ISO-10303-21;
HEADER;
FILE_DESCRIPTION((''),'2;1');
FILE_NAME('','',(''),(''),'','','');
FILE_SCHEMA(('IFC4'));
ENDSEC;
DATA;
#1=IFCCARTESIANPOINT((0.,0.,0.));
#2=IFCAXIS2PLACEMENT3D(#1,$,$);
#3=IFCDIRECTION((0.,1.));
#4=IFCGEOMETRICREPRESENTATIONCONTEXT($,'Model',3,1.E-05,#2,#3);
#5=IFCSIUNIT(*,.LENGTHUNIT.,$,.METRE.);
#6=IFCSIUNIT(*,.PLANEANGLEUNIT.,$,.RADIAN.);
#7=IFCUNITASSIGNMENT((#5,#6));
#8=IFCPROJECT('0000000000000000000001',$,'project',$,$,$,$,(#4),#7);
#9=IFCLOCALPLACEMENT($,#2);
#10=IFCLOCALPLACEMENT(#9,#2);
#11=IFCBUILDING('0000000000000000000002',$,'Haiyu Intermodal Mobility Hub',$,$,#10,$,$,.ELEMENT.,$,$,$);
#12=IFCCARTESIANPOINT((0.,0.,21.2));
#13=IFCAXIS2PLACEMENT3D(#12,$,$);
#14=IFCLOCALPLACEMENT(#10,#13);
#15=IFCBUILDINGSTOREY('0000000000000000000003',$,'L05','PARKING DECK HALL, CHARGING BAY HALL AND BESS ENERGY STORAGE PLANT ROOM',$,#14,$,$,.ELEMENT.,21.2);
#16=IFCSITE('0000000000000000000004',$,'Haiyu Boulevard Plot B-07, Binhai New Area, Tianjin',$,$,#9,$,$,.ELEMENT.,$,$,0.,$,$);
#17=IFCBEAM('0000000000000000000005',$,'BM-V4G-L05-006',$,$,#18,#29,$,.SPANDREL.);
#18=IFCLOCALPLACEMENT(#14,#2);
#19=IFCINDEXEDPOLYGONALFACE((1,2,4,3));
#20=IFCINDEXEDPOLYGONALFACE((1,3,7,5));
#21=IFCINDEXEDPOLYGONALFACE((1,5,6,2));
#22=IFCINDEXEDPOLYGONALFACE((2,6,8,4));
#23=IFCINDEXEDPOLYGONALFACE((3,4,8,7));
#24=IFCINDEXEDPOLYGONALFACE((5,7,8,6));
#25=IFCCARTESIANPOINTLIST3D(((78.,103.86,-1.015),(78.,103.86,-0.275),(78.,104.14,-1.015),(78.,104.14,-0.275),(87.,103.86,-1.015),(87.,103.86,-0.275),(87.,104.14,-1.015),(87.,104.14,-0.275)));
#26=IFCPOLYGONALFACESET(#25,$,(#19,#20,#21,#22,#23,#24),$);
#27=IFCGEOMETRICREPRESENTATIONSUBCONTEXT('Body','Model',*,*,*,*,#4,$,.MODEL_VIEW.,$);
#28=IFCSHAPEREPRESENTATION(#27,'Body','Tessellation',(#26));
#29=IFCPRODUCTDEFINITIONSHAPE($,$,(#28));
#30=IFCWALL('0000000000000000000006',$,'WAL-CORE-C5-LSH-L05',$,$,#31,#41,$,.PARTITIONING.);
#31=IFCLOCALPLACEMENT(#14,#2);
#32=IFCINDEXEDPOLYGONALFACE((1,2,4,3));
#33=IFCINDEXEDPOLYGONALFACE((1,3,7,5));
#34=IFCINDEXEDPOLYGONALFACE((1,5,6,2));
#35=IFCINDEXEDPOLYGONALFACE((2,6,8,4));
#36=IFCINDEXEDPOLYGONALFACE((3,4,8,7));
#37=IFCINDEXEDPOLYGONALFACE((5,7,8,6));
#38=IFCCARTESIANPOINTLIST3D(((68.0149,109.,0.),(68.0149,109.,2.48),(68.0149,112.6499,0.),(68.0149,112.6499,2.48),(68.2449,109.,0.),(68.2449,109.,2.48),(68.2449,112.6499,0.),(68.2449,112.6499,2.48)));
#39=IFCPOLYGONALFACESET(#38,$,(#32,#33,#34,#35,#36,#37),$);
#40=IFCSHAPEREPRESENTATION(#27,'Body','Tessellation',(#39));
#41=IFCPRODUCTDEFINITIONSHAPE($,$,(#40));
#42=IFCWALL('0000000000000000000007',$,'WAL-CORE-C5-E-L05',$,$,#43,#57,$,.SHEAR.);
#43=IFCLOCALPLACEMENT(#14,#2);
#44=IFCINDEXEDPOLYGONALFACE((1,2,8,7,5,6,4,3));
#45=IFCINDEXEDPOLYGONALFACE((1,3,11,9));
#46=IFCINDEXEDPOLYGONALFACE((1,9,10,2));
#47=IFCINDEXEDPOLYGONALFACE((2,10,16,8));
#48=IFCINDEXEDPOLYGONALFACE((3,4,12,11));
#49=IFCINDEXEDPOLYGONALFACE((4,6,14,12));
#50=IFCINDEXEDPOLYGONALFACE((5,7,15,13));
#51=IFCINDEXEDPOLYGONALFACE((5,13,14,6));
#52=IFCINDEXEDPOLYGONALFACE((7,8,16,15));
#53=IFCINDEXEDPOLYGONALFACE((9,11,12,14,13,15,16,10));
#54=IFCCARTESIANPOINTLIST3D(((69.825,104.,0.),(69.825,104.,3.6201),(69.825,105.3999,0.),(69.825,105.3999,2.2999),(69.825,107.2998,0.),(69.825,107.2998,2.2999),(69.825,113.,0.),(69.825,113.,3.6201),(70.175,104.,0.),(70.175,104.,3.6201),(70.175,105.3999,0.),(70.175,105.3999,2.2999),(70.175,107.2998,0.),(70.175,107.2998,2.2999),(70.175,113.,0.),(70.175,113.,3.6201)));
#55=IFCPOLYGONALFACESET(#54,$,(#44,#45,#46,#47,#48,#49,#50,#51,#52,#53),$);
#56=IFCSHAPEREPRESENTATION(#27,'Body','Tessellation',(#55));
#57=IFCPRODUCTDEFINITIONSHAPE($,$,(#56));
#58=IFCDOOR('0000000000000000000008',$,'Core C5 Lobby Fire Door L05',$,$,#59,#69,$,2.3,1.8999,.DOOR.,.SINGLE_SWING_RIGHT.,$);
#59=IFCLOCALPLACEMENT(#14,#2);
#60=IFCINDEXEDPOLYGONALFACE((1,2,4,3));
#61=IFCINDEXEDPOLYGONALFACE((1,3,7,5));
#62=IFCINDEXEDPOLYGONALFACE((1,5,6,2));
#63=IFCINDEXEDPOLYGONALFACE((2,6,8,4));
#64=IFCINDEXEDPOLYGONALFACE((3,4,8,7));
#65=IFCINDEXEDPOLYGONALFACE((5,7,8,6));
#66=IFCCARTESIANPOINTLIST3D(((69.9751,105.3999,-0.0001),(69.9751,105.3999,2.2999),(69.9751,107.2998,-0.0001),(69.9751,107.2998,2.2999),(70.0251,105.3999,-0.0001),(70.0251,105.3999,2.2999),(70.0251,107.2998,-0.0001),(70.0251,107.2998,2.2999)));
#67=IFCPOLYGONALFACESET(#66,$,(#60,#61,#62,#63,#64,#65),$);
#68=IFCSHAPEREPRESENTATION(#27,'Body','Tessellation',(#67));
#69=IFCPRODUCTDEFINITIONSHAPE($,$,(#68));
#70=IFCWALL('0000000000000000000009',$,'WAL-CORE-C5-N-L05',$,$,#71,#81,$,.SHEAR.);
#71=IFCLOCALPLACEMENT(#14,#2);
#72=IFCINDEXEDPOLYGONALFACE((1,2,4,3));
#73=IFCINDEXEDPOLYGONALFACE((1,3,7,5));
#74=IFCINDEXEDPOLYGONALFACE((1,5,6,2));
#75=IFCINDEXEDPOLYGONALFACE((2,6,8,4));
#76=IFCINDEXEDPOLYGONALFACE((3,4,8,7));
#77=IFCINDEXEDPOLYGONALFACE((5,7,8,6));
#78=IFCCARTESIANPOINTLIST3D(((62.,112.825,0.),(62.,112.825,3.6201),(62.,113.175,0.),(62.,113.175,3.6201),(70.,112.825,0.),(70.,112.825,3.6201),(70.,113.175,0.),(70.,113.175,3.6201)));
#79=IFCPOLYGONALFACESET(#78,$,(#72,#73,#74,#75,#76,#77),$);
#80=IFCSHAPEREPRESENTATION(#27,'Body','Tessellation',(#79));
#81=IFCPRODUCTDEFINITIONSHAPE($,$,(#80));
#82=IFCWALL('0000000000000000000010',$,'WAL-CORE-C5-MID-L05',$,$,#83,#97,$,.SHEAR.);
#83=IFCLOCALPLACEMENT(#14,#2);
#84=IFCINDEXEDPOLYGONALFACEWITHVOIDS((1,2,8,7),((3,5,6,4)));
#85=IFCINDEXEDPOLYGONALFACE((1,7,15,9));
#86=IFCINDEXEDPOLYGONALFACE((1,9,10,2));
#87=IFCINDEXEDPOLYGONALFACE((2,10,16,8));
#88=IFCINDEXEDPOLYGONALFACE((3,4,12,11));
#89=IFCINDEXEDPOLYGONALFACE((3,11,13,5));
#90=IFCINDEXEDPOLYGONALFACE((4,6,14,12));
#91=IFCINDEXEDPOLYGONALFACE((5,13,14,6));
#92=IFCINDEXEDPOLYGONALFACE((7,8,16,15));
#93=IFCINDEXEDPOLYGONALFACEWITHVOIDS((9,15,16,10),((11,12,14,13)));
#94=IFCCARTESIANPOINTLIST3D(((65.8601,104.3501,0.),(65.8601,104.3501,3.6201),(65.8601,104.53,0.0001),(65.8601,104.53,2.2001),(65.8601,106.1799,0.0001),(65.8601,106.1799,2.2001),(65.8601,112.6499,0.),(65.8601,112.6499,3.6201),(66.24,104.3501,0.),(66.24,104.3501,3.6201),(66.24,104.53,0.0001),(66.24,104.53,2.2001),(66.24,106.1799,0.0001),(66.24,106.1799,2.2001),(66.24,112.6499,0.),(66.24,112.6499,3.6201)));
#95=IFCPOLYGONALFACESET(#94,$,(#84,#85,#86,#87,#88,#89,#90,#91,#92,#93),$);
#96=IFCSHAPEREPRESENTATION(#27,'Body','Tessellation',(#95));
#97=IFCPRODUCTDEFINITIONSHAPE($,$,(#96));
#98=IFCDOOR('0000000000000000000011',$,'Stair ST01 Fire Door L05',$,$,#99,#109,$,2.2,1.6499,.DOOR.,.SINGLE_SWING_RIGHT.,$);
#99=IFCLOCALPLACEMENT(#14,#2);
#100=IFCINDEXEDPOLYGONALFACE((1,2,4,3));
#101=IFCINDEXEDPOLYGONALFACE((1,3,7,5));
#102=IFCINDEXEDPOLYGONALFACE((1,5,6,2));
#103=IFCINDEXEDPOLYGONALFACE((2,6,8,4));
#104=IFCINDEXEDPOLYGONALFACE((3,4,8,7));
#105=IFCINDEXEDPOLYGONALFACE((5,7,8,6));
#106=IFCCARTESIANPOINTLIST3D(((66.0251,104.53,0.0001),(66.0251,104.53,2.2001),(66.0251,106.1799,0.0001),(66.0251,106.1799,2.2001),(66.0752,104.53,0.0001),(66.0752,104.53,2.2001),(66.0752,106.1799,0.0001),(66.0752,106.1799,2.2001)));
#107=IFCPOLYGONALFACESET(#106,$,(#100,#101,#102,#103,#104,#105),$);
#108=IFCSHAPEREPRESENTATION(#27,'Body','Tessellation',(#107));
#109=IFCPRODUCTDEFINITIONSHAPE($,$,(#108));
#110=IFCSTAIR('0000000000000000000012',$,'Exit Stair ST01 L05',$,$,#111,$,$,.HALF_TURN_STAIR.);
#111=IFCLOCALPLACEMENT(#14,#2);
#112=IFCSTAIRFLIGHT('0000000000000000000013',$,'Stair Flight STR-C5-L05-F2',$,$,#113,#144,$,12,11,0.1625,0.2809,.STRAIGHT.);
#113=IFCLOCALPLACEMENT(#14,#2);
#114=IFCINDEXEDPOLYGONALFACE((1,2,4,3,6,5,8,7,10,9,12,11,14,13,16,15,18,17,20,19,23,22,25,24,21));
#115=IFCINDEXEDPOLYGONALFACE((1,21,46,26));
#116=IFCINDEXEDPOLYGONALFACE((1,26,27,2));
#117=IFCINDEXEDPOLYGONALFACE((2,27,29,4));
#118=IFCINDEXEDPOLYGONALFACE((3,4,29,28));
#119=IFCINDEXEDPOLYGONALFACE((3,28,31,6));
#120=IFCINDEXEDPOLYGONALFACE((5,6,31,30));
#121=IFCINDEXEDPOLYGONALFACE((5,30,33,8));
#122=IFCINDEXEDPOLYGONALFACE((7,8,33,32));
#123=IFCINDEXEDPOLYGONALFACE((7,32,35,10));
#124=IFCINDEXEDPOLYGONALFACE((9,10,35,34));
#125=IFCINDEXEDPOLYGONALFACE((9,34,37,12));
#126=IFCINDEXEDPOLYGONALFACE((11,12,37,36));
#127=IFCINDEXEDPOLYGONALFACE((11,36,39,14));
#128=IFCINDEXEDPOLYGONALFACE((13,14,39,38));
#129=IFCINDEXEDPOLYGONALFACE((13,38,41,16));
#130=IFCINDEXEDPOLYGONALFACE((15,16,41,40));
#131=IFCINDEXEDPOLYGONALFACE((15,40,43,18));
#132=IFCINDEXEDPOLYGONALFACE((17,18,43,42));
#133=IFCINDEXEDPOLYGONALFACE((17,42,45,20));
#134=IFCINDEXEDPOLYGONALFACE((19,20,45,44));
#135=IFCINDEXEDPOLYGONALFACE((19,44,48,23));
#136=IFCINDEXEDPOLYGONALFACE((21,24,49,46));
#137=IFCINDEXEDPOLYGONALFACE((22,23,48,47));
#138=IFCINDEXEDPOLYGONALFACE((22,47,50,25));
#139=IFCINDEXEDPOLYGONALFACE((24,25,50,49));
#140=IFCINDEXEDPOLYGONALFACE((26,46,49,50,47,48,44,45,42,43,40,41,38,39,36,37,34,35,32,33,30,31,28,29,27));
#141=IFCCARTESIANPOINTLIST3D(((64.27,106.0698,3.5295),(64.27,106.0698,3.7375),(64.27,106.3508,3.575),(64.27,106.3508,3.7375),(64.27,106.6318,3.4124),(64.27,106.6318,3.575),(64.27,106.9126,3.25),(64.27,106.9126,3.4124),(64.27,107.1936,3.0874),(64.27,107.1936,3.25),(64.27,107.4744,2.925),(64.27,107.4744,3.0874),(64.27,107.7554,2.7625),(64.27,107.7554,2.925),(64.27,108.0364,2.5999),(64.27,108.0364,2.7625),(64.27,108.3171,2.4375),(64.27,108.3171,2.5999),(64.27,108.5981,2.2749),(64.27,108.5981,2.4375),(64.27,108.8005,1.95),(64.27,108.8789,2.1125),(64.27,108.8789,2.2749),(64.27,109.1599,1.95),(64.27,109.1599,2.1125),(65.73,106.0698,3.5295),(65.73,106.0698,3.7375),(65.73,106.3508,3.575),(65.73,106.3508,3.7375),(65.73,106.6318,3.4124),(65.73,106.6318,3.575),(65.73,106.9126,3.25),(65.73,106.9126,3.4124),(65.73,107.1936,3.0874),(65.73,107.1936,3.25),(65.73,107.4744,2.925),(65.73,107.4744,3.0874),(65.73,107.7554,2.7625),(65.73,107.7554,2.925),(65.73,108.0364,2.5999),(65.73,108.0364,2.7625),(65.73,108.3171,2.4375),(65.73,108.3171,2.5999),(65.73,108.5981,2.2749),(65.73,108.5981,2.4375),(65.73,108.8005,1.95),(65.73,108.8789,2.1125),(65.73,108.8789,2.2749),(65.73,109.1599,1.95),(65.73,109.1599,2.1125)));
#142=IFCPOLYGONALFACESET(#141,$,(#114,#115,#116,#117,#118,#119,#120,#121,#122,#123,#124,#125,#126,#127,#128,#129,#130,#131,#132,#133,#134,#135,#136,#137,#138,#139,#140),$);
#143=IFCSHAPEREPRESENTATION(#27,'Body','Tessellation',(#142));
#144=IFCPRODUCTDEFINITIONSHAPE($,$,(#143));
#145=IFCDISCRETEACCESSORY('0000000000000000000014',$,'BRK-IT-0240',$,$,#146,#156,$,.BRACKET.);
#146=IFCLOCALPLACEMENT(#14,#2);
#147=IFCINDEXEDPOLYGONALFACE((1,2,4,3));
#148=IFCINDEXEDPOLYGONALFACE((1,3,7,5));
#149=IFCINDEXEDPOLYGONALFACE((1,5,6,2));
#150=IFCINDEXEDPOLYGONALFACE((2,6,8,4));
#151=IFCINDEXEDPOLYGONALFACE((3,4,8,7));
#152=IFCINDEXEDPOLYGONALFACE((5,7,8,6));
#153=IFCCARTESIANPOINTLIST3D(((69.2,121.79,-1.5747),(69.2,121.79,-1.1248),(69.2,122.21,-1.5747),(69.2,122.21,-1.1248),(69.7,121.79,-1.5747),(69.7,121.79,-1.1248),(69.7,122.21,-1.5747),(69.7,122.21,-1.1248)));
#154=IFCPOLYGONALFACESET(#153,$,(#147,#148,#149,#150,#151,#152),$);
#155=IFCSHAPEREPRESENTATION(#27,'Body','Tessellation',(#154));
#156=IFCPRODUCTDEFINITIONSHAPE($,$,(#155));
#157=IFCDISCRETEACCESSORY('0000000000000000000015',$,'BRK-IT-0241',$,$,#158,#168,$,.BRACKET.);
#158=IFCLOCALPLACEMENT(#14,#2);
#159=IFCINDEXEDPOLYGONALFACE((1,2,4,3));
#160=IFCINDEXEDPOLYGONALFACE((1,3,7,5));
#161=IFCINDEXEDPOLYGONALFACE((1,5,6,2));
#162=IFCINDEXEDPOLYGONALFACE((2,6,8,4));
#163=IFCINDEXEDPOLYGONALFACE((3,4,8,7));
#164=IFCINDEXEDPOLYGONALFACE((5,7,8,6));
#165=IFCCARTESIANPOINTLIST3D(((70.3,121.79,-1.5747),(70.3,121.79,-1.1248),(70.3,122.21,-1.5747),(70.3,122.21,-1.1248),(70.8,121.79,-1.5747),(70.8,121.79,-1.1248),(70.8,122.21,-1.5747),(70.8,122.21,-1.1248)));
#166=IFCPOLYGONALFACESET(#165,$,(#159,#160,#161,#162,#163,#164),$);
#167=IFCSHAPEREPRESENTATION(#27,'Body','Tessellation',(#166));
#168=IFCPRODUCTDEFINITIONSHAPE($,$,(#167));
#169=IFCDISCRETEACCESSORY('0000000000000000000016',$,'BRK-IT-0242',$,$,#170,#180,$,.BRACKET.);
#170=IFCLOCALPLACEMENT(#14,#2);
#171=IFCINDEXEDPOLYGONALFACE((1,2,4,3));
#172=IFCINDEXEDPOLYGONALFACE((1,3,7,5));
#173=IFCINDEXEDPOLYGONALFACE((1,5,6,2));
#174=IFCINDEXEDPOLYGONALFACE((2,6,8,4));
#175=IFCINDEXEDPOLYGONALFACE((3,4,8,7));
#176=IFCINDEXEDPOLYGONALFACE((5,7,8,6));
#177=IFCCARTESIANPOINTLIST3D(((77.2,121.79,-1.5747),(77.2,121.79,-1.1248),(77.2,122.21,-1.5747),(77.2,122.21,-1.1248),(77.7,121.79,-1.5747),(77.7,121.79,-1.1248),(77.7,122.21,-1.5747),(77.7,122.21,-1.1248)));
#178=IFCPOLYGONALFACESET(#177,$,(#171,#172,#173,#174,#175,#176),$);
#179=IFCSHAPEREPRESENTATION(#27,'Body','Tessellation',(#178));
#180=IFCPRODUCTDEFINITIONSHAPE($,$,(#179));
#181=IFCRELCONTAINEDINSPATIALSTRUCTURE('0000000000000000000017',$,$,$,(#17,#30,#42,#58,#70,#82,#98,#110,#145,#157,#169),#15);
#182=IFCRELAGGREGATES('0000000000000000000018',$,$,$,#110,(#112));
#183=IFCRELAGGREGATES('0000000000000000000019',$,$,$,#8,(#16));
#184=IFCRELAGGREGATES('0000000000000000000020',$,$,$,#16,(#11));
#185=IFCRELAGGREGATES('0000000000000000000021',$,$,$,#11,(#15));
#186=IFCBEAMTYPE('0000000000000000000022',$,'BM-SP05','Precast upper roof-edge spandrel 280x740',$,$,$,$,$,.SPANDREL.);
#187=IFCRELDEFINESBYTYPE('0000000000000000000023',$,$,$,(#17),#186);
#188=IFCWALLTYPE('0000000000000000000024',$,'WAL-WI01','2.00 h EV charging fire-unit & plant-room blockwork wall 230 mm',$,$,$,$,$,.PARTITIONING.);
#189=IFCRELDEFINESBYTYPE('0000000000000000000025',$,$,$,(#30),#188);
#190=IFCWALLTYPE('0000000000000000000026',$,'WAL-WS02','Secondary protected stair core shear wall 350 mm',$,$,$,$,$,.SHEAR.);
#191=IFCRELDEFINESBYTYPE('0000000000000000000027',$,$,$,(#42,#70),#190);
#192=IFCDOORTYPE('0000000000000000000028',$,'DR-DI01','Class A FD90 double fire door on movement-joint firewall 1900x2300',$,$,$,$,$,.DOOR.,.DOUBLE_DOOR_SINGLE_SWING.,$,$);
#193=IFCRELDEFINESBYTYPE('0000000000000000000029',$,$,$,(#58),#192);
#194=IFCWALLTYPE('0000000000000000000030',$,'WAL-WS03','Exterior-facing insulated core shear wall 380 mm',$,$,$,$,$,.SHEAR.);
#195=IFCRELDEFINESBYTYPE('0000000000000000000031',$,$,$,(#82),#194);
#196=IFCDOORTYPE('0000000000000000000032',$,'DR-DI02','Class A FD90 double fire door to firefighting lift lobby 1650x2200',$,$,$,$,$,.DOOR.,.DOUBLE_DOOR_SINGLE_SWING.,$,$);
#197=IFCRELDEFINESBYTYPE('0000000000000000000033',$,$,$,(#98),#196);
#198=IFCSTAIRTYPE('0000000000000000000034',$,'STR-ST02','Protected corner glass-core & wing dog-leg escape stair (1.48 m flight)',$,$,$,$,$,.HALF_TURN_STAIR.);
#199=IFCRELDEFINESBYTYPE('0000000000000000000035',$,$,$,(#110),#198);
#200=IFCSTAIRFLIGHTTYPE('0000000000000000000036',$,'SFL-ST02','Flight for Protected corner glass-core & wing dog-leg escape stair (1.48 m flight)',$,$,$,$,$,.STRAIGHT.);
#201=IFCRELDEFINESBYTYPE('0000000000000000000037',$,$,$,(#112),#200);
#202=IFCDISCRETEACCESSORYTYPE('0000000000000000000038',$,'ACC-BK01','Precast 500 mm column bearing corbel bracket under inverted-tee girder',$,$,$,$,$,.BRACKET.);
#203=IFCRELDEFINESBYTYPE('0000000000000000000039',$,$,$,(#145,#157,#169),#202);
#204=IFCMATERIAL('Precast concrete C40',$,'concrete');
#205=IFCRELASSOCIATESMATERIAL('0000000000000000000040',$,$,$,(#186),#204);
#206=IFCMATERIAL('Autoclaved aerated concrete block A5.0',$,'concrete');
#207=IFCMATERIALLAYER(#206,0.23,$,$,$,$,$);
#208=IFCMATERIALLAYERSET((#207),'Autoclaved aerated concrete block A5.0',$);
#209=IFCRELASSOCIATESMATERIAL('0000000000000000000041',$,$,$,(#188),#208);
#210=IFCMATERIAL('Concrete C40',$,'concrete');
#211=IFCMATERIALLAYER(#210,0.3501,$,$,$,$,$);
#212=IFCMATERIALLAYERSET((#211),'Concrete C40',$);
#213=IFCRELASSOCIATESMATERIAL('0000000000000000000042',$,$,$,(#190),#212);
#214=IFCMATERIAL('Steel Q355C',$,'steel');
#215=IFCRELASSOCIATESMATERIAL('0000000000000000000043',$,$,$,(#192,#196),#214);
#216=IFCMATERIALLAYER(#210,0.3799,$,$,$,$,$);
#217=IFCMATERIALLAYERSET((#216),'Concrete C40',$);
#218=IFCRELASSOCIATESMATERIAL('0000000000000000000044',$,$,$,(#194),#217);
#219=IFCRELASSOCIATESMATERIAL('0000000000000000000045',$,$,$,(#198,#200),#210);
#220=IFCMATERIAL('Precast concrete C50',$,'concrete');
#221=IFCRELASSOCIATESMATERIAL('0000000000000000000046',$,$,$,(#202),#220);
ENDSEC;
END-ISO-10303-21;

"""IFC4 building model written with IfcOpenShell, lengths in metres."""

from ifc_helpers import new_model, si_unit, direction, frame, frame_2d, origin, origin_2d, place, context, subcontext, project, spatial, polyline, rectangle, outline, extrude, material, layer, layer_set, material_profile, profile_set, type_object, element, fill, aggregate, save


model = new_model("IFC4")

# Units and contexts
model_context = context("Model", 3, precision=1e-05, world=origin(), true_north=direction((0.0, 1.0)))
body_context = subcontext(model_context, "Body", "Model", "MODEL_VIEW")
ifc_project = project(units=[si_unit("LENGTHUNIT", "METRE"), si_unit("PLANEANGLEUNIT", "RADIAN")], contexts=[model_context])

# Site, building, storey
site_placement = place(None, origin())
site = spatial("IfcSite", under=ifc_project, at=site_placement, Name="Haiyu Boulevard Plot B-07, Binhai New Area, Tianjin", CompositionType="ELEMENT", RefElevation=0.0)
building_placement = place(site_placement, origin())
building = spatial("IfcBuilding", under=site, at=building_placement, Name="Haiyu Intermodal Mobility Hub", CompositionType="ELEMENT")
storey_placement = place(building_placement, frame((0.0, 0.0, 21.2)))
storey = spatial("IfcBuildingStorey", under=building, at=storey_placement, Name="L05", Description="PARKING DECK HALL, CHARGING BAY HALL AND BESS ENERGY STORAGE PLANT ROOM", CompositionType="ELEMENT", Elevation=21.2)

# Shared definitions
ifc_material_1 = material(Name="Precast concrete C40", Category="concrete")

# Beam
ifc_material_2 = material(Name="Concrete C40", Category="concrete")
ifc_material_3 = material(Name="Precast concrete C50", Category="concrete")
ifc_material_profile_1 = material_profile(ifc_material_1, rectangle(XDim=0.28, YDim=0.74, at=origin_2d()), Name="B280x740")
ifc_profile_set_1 = profile_set([ifc_material_profile_1], Name="Precast concrete C40")
beam_type_1 = type_object("IfcBeamType", Name="BM-SP05", Description="Precast upper roof-edge spandrel 280x740", PredefinedType="SPANDREL", material=ifc_profile_set_1)
beam_1_placement = place(storey_placement, frame((78.0, 104.0, -0.645), z_axis=(1.0, 0.0, 0.0), x_axis=(0.0, 1.0, 0.0)))
element("IfcBeam", 1, at=beam_1_placement, inside=storey, type_object=beam_type_1, Name="BM-V4G-L05-006", PredefinedType="SPANDREL", context=body_context, shape_type="SweptSolid", body=[
    extrude(rectangle(XDim=0.28, YDim=0.74, at=origin_2d()), origin(), (0.0, 0.0, 1.0), 9.0),
])

# Wall
ifc_material_4 = material(Name="Autoclaved aerated concrete block A5.0", Category="concrete")
ifc_layer_1 = layer(ifc_material_4, 0.23)
ifc_layer_set_1 = layer_set([ifc_layer_1], Name="Autoclaved aerated concrete block A5.0")
wall_type_1 = type_object("IfcWallType", Name="WAL-WI01", Description="2.00 h EV charging fire-unit & plant-room blockwork wall 230 mm", PredefinedType="PARTITIONING", material=ifc_layer_set_1)
wall_1_placement = place(storey_placement, frame((68.1299, 109.0, 0.0), z_axis=(0.0, 0.0, 1.0), x_axis=(0.0, 1.0, 0.0)))
element("IfcWall", 2, at=wall_1_placement, inside=storey, type_object=wall_type_1, Name="WAL-CORE-C5-LSH-L05", PredefinedType="PARTITIONING", context=body_context, shape_type="SweptSolid", body=[
    extrude(rectangle(XDim=3.6499, YDim=0.23, at=frame_2d((1.825, 0.0))), origin(), (0.0, 0.0, 1.0), 2.48),
])

# Shared definitions
ifc_material_5 = material(Name="Steel Q355C", Category="steel")

# Wall, opening, door
ifc_layer_2 = layer(ifc_material_2, 0.3501)
ifc_layer_set_2 = layer_set([ifc_layer_2], Name="Concrete C40")
wall_type_2 = type_object("IfcWallType", Name="WAL-WS02", Description="Secondary protected stair core shear wall 350 mm", PredefinedType="SHEAR", material=ifc_layer_set_2)
wall_2_placement = place(storey_placement, frame((70.0, 104.0, 0.0), z_axis=(0.0, 0.0, 1.0), x_axis=(0.0, 1.0, 0.0)))
wall_2 = element("IfcWall", 3, at=wall_2_placement, inside=storey, type_object=wall_type_2, Name="WAL-CORE-C5-E-L05", PredefinedType="SHEAR", context=body_context, shape_type="SweptSolid", body=[
    extrude(rectangle(XDim=9.0, YDim=0.3501, at=frame_2d((4.5, 0.0))), origin(), (0.0, 0.0, 1.0), 3.6201),
])
opening_1_placement = place(wall_2_placement, frame((1.3999, 0.0, 0.0)))
opening_1 = element("IfcOpeningElement", 4, at=opening_1_placement, cuts=wall_2, PredefinedType="OPENING", context=body_context, shape_type="SweptSolid", body=[
    extrude(rectangle(XDim=1.8999, YDim=2.3, at=frame_2d((0.95, 1.1499))), frame((0.0, 0.1851, 0.0), z_axis=(0.0, -1.0, 0.0), x_axis=(1.0, 0.0, 0.0)), (0.0, 0.0, 1.0), 0.3701),
])
door_type_1 = type_object("IfcDoorType", Name="DR-DI01", Description="Class A FD90 double fire door on movement-joint firewall 1900x2300", OperationType="DOUBLE_DOOR_SINGLE_SWING", PredefinedType="DOOR", material=ifc_material_5)
door_1_placement = place(opening_1_placement, origin())
door_1 = element("IfcDoor", 5, at=door_1_placement, inside=storey, type_object=door_type_1, Name="Core C5 Lobby Fire Door L05", OperationType="SINGLE_SWING_RIGHT", OverallHeight=2.3, OverallWidth=1.8999, PredefinedType="DOOR", context=body_context, shape_type="SweptSolid", body=[
    extrude(rectangle(XDim=1.8999, YDim=2.3, at=frame_2d((0.95, 1.1499))), frame((0.0, 0.0249, 0.0), z_axis=(0.0, -1.0, 0.0), x_axis=(1.0, 0.0, 0.0)), (0.0, 0.0, 1.0), 0.05),
])
fill(opening_1, door_1)

# Wall
wall_3_placement = place(storey_placement, frame((70.0, 113.0, 0.0), z_axis=(0.0, 0.0, 1.0), x_axis=(-1.0, 0.0, 0.0)))
element("IfcWall", 6, at=wall_3_placement, inside=storey, type_object=wall_type_2, Name="WAL-CORE-C5-N-L05", PredefinedType="SHEAR", context=body_context, shape_type="SweptSolid", body=[
    extrude(rectangle(XDim=8.0, YDim=0.3501, at=frame_2d((4.0, 0.0))), origin(), (0.0, 0.0, 1.0), 3.6201),
])

# Wall, opening, door
ifc_layer_3 = layer(ifc_material_2, 0.3799)
ifc_layer_set_3 = layer_set([ifc_layer_3], Name="Concrete C40")
wall_type_3 = type_object("IfcWallType", Name="WAL-WS03", Description="Exterior-facing insulated core shear wall 380 mm", PredefinedType="SHEAR", material=ifc_layer_set_3)
wall_4_placement = place(storey_placement, frame((66.05, 104.3501, 0.0), z_axis=(0.0, 0.0, 1.0), x_axis=(0.0, 1.0, 0.0)))
wall_4 = element("IfcWall", 7, at=wall_4_placement, inside=storey, type_object=wall_type_3, Name="WAL-CORE-C5-MID-L05", PredefinedType="SHEAR", context=body_context, shape_type="SweptSolid", body=[
    extrude(rectangle(XDim=8.2998, YDim=0.3799, at=frame_2d((4.1499, 0.0))), origin(), (0.0, 0.0, 1.0), 3.6201),
])
opening_2_placement = place(wall_4_placement, frame((0.1799, 0.0, 0.0)))
opening_2 = element("IfcOpeningElement", 8, at=opening_2_placement, cuts=wall_4, PredefinedType="OPENING", context=body_context, shape_type="SweptSolid", body=[
    extrude(rectangle(XDim=1.6499, YDim=2.2, at=frame_2d((0.825, 1.1001))), frame((0.0, 0.2, 0.0), z_axis=(0.0, -1.0, 0.0), x_axis=(1.0, 0.0, 0.0)), (0.0, 0.0, 1.0), 0.3999),
])
door_type_2 = type_object("IfcDoorType", Name="DR-DI02", Description="Class A FD90 double fire door to firefighting lift lobby 1650x2200", OperationType="DOUBLE_DOOR_SINGLE_SWING", PredefinedType="DOOR", material=ifc_material_5)
door_2_placement = place(opening_2_placement, origin())
door_2 = element("IfcDoor", 9, at=door_2_placement, inside=storey, type_object=door_type_2, Name="Stair ST01 Fire Door L05", OperationType="SINGLE_SWING_RIGHT", OverallHeight=2.2, OverallWidth=1.6499, PredefinedType="DOOR", context=body_context, shape_type="SweptSolid", body=[
    extrude(rectangle(XDim=1.6499, YDim=2.2, at=frame_2d((0.825, 1.1001))), frame((0.0, 0.0249, 0.0), z_axis=(0.0, -1.0, 0.0), x_axis=(1.0, 0.0, 0.0)), (0.0, 0.0, 1.0), 0.05),
])
fill(opening_2, door_2)

# Stair, stair flight
stair_type = type_object("IfcStairType", Name="STR-ST02", Description="Protected corner glass-core & wing dog-leg escape stair (1.48 m flight)", PredefinedType="HALF_TURN_STAIR", material=ifc_material_2)
stair_placement = place(storey_placement, origin())
stair = element("IfcStair", 10, at=stair_placement, inside=storey, type_object=stair_type, Name="Exit Stair ST01 L05", PredefinedType="HALF_TURN_STAIR")
stair_flight_type = type_object("IfcStairFlightType", Name="SFL-ST02", Description="Flight for Protected corner glass-core & wing dog-leg escape stair (1.48 m flight)", PredefinedType="STRAIGHT", material=ifc_material_2)
stair_flight_placement = place(storey_placement, frame((65.0, 109.1599, 1.95), z_axis=(0.0, 0.0, 1.0), x_axis=(0.0, -1.0, 0.0)))
stair_flight = element("IfcStairFlight", 11, at=stair_flight_placement, type_object=stair_flight_type, Name="Stair Flight STR-C5-L05-F2", NumberOfRisers=12, NumberOfTreads=11, PredefinedType="STRAIGHT", RiserHeight=0.1625, TreadLength=0.2809, context=body_context, shape_type="SweptSolid", body=[
    extrude(outline(polyline([(0.0, 0.0), (0.0, 0.1626), (0.281, 0.1626), (0.281, 0.325), (0.5618, 0.325), (0.5618, 0.4875), (0.8428, 0.4875), (0.8428, 0.6499), (1.1235, 0.6499), (1.1235, 0.8125), (1.4045, 0.8125), (1.4045, 0.9751), (1.6855, 0.9751), (1.6855, 1.1375), (1.9663, 1.1375), (1.9663, 1.3), (2.2473, 1.3), (2.2473, 1.4624), (2.5281, 1.4624), (2.5281, 1.625), (2.8091, 1.625), (2.8091, 1.7876), (3.0901, 1.7876), (3.0901, 1.95), (3.0901, 1.5796), (0.3594, 0.0), (0.0, 0.0)])), frame((0.0, 0.73, 0.0), z_axis=(0.0, -1.0, 0.0), x_axis=(1.0, 0.0, 0.0)), (0.0, 0.0, 1.0), 1.46),
])
aggregate(stair, [stair_flight])

# Discrete accessories
discrete_accessory_type = type_object("IfcDiscreteAccessoryType", Name="ACC-BK01", Description="Precast 500 mm column bearing corbel bracket under inverted-tee girder", PredefinedType="BRACKET", material=ifc_material_3)
for number, where, z_axis, x_axis, name in (
    (12, (69.45, 122.0, -1.5747), (0.0, 0.0, 1.0), (1.0, 0.0, 0.0), "BRK-IT-0240"),
    (13, (70.55, 122.0, -1.5747), (0.0, 0.0, 1.0), (1.0, 0.0, 0.0), "BRK-IT-0241"),
    (14, (77.45, 122.0, -1.5747), (0.0, 0.0, 1.0), (1.0, 0.0, 0.0), "BRK-IT-0242"),
):
    element("IfcDiscreteAccessory", number, at=place(storey_placement, frame(where, z_axis=z_axis, x_axis=x_axis)), inside=storey, type_object=discrete_accessory_type, Name=name, PredefinedType="BRACKET", context=body_context, shape_type="SweptSolid", body=[
        extrude(rectangle(XDim=0.5, YDim=0.4199, at=origin_2d()), origin(), (0.0, 0.0, 1.0), 0.45),
    ])

save(model, "model.ifc")
